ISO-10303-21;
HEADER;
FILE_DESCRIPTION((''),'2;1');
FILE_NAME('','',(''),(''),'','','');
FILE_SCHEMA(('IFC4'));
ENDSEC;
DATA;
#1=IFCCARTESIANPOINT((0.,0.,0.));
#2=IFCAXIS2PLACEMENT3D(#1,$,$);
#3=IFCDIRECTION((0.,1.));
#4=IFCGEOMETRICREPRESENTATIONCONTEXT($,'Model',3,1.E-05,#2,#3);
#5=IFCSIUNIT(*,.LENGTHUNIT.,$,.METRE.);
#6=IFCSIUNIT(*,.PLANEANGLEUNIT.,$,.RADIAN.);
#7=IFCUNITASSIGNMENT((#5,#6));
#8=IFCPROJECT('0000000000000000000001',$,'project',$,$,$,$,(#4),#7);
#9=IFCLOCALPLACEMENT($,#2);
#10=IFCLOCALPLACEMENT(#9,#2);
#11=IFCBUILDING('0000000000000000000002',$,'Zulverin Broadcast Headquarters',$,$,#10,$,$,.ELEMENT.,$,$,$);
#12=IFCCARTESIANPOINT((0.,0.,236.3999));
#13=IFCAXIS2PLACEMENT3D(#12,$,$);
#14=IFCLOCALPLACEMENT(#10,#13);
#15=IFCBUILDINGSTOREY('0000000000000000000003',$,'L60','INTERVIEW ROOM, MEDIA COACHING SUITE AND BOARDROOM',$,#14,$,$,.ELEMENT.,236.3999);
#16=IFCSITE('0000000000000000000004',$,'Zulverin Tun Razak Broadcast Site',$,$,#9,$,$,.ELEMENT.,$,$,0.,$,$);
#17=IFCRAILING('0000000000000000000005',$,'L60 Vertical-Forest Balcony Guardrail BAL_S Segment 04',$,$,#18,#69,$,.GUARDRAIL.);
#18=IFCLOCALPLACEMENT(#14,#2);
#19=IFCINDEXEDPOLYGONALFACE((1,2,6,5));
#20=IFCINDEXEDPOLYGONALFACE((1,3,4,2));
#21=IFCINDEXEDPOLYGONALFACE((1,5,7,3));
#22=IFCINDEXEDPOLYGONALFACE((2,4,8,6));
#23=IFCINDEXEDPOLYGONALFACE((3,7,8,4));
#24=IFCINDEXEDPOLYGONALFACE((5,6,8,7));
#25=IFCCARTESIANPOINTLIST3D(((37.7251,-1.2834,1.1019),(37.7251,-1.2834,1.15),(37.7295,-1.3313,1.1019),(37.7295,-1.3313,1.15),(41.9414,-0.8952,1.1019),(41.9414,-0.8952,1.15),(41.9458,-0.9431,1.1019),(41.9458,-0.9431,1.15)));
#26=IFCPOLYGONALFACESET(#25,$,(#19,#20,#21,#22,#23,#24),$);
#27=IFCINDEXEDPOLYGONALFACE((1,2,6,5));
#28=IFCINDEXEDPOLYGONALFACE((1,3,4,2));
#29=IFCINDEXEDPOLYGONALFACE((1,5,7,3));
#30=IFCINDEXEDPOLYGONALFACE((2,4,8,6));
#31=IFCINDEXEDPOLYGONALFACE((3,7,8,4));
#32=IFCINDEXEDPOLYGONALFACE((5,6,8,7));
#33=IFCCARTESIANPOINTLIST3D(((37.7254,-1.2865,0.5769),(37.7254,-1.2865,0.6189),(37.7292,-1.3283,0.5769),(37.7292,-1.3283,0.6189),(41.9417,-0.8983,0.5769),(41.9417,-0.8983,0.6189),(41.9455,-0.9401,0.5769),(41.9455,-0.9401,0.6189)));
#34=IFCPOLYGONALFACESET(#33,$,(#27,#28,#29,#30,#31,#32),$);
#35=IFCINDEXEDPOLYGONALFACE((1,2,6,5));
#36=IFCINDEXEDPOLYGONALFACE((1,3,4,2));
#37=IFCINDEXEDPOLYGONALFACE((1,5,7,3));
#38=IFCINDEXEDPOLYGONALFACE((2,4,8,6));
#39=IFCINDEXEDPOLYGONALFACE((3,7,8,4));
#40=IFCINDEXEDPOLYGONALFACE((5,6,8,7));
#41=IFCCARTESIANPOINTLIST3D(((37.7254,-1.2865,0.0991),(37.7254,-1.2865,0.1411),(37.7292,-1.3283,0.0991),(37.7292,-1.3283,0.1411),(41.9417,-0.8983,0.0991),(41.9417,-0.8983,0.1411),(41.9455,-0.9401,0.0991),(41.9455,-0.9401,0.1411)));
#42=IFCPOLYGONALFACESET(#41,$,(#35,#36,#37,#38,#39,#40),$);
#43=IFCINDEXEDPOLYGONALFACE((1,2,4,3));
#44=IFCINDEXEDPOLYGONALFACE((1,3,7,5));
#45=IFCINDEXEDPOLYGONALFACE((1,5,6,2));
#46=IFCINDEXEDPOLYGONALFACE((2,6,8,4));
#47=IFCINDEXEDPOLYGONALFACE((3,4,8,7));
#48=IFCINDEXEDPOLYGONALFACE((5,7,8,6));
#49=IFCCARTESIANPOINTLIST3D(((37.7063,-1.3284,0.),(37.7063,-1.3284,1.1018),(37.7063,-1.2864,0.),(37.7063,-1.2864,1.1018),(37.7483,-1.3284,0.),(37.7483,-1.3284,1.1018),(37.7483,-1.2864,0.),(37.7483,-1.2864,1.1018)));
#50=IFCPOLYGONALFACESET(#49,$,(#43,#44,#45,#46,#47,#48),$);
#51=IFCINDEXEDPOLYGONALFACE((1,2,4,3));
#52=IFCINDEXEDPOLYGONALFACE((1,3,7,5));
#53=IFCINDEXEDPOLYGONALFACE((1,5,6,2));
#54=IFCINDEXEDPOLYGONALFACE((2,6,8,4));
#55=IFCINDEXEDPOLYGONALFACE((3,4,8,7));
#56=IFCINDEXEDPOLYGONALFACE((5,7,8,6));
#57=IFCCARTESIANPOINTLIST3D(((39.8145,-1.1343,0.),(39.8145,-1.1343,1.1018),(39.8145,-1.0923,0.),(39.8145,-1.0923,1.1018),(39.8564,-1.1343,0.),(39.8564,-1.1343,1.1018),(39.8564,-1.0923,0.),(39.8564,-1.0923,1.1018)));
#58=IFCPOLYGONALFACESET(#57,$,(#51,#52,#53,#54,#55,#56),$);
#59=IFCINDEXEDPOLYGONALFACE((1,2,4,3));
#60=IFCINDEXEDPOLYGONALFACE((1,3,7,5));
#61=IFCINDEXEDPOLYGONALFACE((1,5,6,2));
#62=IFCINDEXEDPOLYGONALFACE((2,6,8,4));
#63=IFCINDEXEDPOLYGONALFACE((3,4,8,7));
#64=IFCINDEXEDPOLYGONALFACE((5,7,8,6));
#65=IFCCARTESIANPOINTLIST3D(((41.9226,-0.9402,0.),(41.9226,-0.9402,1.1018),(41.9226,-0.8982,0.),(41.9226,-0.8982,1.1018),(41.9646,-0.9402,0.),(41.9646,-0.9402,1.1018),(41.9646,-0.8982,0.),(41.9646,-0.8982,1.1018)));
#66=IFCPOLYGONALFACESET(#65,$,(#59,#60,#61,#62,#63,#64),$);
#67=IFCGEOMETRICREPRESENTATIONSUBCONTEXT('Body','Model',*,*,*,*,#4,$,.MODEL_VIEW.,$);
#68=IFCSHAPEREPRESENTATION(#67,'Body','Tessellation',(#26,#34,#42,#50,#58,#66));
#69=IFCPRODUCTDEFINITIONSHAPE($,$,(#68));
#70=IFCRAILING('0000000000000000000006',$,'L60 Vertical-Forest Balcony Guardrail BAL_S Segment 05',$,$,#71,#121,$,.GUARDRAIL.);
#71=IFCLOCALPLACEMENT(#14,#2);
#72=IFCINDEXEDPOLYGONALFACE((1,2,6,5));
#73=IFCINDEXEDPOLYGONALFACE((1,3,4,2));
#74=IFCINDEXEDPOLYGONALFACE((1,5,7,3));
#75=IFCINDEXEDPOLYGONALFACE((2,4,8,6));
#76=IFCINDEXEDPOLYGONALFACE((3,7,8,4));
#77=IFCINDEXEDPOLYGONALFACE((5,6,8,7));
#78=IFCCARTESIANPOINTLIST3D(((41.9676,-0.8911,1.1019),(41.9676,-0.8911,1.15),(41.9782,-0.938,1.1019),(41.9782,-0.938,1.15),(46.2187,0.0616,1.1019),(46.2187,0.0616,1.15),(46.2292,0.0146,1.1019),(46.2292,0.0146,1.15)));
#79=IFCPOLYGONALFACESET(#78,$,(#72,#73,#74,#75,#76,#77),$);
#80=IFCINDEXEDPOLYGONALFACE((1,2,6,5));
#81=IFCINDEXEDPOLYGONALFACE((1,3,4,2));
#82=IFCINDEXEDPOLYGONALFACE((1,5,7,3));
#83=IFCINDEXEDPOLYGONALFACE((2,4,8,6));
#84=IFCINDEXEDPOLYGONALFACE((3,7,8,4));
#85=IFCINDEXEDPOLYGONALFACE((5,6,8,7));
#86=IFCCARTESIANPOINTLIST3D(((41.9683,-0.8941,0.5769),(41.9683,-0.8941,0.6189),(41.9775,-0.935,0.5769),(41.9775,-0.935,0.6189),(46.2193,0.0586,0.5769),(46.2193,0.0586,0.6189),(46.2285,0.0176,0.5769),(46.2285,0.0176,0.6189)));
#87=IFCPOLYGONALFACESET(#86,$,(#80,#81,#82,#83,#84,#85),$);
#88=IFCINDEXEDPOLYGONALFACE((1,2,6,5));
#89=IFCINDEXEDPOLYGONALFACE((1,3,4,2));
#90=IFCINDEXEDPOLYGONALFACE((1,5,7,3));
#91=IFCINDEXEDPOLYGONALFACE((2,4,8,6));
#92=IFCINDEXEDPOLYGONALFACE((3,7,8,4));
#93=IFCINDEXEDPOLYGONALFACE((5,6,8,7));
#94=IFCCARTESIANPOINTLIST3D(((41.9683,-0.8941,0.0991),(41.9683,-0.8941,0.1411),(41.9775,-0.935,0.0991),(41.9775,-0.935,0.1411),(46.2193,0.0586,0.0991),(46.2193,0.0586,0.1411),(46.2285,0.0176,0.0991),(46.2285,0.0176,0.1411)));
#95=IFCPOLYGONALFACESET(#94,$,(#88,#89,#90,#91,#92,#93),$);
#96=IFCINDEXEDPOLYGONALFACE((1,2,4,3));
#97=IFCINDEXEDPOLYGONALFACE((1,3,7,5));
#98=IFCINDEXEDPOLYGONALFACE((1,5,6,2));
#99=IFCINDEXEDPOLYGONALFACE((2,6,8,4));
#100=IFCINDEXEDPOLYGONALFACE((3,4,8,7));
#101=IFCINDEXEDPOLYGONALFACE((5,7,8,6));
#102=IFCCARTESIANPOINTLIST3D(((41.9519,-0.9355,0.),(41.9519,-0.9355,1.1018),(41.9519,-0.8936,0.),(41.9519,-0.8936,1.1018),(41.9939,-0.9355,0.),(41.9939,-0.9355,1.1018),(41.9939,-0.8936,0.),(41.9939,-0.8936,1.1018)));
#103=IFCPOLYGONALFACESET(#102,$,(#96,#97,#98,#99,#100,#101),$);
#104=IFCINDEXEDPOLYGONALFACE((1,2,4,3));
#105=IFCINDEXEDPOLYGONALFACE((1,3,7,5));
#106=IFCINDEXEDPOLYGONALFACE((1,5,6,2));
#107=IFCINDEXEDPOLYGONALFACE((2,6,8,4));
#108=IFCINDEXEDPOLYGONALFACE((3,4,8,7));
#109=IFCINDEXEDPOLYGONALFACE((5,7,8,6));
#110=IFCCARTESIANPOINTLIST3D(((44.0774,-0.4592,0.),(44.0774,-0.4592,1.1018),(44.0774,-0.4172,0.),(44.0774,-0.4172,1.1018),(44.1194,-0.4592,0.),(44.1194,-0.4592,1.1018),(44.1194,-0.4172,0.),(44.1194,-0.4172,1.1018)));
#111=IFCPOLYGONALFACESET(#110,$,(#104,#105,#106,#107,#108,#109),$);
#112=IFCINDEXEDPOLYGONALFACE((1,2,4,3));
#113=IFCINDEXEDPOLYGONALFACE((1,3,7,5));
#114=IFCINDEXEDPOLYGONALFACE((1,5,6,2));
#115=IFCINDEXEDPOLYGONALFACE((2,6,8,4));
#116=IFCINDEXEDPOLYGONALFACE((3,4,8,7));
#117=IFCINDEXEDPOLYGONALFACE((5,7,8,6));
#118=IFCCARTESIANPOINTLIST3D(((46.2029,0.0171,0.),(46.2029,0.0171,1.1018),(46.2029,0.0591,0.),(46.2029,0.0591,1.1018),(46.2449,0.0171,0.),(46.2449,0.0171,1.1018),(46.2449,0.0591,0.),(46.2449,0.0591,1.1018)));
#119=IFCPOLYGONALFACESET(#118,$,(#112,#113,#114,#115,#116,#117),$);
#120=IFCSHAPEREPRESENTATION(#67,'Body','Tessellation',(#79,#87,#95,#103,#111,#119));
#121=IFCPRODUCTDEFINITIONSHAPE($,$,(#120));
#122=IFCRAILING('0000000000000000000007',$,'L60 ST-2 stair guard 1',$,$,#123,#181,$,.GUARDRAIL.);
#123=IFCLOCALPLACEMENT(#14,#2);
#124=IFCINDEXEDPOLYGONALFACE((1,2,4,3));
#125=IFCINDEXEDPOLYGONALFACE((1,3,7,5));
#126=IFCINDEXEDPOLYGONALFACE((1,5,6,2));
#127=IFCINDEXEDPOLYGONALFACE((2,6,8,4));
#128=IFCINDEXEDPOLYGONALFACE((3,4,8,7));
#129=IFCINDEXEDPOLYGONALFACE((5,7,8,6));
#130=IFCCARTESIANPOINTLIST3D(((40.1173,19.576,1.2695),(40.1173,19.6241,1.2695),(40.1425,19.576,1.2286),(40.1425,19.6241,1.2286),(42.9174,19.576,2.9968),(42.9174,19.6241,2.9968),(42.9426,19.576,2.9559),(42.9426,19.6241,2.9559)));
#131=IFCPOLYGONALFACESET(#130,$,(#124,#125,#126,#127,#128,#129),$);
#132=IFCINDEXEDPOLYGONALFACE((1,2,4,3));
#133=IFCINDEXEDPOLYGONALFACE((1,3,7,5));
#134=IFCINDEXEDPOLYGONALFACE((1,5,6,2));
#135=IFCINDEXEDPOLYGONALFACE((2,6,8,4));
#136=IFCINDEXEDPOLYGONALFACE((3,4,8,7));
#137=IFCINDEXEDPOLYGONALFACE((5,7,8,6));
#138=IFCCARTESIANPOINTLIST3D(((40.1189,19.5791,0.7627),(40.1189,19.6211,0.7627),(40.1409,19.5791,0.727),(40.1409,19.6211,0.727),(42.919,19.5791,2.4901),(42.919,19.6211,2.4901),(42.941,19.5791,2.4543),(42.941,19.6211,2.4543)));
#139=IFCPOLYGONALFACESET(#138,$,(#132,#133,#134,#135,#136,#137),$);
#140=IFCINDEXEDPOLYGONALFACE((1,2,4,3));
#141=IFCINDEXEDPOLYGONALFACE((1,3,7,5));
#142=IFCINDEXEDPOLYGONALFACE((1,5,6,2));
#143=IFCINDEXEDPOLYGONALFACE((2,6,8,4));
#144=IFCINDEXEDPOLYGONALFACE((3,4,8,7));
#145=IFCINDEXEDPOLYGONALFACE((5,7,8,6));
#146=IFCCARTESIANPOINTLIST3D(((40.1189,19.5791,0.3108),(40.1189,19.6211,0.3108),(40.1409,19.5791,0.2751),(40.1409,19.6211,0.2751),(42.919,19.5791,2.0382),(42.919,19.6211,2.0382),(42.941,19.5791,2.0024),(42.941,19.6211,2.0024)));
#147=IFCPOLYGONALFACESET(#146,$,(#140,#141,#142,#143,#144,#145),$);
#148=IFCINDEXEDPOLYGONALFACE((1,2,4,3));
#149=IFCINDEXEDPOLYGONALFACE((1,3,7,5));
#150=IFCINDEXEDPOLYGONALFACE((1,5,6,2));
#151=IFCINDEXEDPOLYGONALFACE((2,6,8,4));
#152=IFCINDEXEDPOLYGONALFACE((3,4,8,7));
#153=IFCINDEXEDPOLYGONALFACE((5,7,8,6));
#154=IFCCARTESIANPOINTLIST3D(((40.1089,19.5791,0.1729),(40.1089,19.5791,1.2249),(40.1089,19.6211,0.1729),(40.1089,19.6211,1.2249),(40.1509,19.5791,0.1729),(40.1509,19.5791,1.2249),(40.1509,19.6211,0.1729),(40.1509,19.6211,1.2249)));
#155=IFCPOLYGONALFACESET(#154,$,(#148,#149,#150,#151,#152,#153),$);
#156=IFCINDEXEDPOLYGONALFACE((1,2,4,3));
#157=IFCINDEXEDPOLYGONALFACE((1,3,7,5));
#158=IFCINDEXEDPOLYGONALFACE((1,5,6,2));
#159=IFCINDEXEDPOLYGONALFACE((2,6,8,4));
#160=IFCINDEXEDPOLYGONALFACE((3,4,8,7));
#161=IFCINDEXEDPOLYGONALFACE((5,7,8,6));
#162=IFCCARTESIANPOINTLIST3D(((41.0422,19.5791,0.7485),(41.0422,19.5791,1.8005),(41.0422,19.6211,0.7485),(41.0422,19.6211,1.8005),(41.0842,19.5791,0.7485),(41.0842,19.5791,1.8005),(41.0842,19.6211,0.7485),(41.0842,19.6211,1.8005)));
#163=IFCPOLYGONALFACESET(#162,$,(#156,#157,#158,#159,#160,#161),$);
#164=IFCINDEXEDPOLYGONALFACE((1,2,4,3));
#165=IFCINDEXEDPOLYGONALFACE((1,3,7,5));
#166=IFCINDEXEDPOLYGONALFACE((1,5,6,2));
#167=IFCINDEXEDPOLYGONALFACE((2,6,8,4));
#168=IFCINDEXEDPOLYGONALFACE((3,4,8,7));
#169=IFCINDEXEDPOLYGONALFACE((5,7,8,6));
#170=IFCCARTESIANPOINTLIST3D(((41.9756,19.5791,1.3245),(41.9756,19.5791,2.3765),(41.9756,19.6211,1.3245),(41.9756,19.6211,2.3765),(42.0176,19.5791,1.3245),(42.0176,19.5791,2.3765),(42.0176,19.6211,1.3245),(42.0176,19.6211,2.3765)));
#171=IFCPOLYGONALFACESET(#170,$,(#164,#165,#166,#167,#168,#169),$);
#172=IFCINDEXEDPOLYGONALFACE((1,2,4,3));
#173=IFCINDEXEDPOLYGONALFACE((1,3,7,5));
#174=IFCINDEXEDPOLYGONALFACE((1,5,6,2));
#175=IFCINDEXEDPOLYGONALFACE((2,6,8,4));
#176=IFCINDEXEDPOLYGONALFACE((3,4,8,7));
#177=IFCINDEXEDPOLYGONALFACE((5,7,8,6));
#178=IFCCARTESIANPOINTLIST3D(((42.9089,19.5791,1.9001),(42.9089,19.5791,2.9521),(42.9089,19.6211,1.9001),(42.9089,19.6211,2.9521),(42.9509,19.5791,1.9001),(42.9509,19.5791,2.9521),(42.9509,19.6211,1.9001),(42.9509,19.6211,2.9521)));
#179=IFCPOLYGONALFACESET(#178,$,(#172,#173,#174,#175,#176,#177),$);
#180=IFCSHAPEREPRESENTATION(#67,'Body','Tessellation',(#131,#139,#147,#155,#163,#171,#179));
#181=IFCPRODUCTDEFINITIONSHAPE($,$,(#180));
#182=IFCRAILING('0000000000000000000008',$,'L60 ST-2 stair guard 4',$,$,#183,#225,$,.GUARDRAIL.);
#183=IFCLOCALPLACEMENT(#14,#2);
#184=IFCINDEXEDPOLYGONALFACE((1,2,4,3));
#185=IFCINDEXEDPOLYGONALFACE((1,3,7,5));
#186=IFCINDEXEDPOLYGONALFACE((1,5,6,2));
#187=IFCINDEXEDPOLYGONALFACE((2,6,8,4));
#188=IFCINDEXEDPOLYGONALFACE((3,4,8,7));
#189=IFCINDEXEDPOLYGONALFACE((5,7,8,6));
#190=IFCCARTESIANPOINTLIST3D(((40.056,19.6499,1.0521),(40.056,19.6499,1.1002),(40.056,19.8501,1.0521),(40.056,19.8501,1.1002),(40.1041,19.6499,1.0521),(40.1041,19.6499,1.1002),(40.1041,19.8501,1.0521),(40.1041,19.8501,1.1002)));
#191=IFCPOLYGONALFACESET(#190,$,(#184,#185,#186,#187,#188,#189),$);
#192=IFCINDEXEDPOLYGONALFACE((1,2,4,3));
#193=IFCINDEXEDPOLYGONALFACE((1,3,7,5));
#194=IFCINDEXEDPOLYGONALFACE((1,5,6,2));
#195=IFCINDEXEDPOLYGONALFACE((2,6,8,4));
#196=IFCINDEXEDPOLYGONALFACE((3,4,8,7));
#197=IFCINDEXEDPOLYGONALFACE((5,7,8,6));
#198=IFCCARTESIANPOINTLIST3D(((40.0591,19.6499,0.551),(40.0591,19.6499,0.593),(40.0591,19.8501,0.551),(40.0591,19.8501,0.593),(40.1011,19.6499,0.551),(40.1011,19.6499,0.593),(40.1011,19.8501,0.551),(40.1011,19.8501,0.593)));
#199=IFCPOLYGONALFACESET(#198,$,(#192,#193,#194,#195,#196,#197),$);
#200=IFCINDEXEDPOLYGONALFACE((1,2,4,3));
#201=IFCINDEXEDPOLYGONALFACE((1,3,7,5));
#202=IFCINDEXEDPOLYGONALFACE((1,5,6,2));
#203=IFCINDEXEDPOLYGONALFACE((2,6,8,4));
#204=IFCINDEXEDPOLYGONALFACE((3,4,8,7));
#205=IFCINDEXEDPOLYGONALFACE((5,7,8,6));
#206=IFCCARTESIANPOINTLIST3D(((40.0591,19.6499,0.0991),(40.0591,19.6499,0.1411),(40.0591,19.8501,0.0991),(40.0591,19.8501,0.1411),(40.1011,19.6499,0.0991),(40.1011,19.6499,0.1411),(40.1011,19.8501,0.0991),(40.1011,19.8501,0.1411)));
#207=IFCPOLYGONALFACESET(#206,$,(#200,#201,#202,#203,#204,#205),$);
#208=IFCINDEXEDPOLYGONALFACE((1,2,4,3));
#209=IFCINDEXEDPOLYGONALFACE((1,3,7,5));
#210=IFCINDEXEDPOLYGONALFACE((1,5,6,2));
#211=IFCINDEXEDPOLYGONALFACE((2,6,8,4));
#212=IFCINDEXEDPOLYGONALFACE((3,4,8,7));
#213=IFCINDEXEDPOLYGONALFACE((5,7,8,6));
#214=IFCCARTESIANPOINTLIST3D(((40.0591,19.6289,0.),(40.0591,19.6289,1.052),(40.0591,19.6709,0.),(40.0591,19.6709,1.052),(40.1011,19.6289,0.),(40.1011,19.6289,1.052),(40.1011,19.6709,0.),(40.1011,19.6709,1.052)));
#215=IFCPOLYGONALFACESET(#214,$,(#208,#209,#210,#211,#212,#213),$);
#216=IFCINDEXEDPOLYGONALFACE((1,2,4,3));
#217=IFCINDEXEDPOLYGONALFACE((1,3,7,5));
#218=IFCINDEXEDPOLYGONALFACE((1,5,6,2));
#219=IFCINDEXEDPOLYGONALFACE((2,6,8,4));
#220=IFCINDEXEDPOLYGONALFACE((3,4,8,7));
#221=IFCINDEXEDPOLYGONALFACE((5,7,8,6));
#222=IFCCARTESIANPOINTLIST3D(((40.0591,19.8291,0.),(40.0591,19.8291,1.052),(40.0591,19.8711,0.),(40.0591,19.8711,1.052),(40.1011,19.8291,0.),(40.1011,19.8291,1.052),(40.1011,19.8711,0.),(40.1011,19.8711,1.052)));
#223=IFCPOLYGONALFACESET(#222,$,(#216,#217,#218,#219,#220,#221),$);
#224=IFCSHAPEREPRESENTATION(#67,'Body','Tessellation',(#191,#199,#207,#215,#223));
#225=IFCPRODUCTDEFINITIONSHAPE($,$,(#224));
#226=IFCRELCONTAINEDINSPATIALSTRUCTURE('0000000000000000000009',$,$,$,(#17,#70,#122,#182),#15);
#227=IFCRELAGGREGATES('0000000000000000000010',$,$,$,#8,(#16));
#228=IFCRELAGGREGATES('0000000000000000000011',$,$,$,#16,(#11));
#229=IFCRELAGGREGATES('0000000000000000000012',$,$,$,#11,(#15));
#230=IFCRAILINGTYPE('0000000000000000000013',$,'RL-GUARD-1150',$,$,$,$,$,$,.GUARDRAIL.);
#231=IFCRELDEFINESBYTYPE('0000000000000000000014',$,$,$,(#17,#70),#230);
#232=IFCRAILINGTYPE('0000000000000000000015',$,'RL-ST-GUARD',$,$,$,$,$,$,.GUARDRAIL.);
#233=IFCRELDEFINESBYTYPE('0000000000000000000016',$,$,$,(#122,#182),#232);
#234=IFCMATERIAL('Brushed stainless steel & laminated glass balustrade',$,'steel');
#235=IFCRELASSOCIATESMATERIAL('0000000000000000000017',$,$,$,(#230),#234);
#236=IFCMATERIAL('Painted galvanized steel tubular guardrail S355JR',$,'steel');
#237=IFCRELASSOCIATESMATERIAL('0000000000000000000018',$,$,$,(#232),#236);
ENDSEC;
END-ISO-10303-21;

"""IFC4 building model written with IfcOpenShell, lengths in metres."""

from ifc_helpers import new_model, si_unit, direction, frame, origin, origin_2d, place, context, subcontext, project, spatial, rectangle, extrude, material, type_object, element, save


model = new_model("IFC4")

# Units and contexts
model_context = context("Model", 3, precision=1e-05, world=origin(), true_north=direction((0.0, 1.0)))
body_context = subcontext(model_context, "Body", "Model", "MODEL_VIEW")
ifc_project = project(units=[si_unit("LENGTHUNIT", "METRE"), si_unit("PLANEANGLEUNIT", "RADIAN")], contexts=[model_context])

# Site, building, storey
site_placement = place(None, origin())
site = spatial("IfcSite", under=ifc_project, at=site_placement, Name="Zulverin Tun Razak Broadcast Site", CompositionType="ELEMENT", RefElevation=0.0)
building_placement = place(site_placement, origin())
building = spatial("IfcBuilding", under=site, at=building_placement, Name="Zulverin Broadcast Headquarters", CompositionType="ELEMENT")
storey_placement = place(building_placement, frame((0.0, 0.0, 236.3999)))
storey = spatial("IfcBuildingStorey", under=building, at=storey_placement, Name="L60", Description="INTERVIEW ROOM, MEDIA COACHING SUITE AND BOARDROOM", CompositionType="ELEMENT", Elevation=236.3999)

# Railings
ifc_material_1 = material(Name="Brushed stainless steel & laminated glass balustrade", Category="steel")
railing_type_1 = type_object("IfcRailingType", Name="RL-GUARD-1150", PredefinedType="GUARDRAIL", material=ifc_material_1)
railing_1_placement = place(storey_placement, frame((37.7273, -1.3074, 0.0)))
element("IfcRailing", 1, at=railing_1_placement, inside=storey, type_object=railing_type_1, Name="L60 Vertical-Forest Balcony Guardrail BAL_S Segment 04", PredefinedType="GUARDRAIL", context=body_context, shape_type="SweptSolid", body=[
    extrude(rectangle(XDim=0.0481, YDim=0.0481, at=origin_2d()), frame((0.0, 0.0, 1.126), z_axis=(0.995789, 0.091679, 0.0), x_axis=(-0.091679, 0.995789, 0.0)), (0.0, 0.0, 1.0), 4.2341),
    extrude(rectangle(XDim=0.042, YDim=0.042, at=origin_2d()), frame((0.0, 0.0, 0.5979), z_axis=(0.995789, 0.091679, 0.0), x_axis=(-0.091679, 0.995789, 0.0)), (0.0, 0.0, 1.0), 4.2341),
    extrude(rectangle(XDim=0.042, YDim=0.042, at=origin_2d()), frame((0.0, 0.0, 0.1201), z_axis=(0.995789, 0.091679, 0.0), x_axis=(-0.091679, 0.995789, 0.0)), (0.0, 0.0, 1.0), 4.2341),
    extrude(rectangle(XDim=0.042, YDim=0.042, at=origin_2d()), origin(), (0.0, 0.0, 1.0), 1.1018),
    extrude(rectangle(XDim=0.042, YDim=0.042, at=origin_2d()), frame((2.1082, 0.1941, 0.0)), (0.0, 0.0, 1.0), 1.1018),
    extrude(rectangle(XDim=0.042, YDim=0.042, at=origin_2d()), frame((4.2163, 0.3882, 0.0)), (0.0, 0.0, 1.0), 1.1018),
])
railing_2_placement = place(storey_placement, frame((41.9729, -0.9146, 0.0)))
element("IfcRailing", 2, at=railing_2_placement, inside=storey, type_object=railing_type_1, Name="L60 Vertical-Forest Balcony Guardrail BAL_S Segment 05", PredefinedType="GUARDRAIL", context=body_context, shape_type="SweptSolid", body=[
    extrude(rectangle(XDim=0.0481, YDim=0.0481, at=origin_2d()), frame((0.0, 0.0, 1.126), z_axis=(0.975798, 0.218675, 0.0), x_axis=(-0.218675, 0.975798, 0.0)), (0.0, 0.0, 1.0), 4.3564),
    extrude(rectangle(XDim=0.042, YDim=0.042, at=origin_2d()), frame((0.0, 0.0, 0.5979), z_axis=(0.975798, 0.218675, 0.0), x_axis=(-0.218675, 0.975798, 0.0)), (0.0, 0.0, 1.0), 4.3564),
    extrude(rectangle(XDim=0.042, YDim=0.042, at=origin_2d()), frame((0.0, 0.0, 0.1201), z_axis=(0.975798, 0.218675, 0.0), x_axis=(-0.218675, 0.975798, 0.0)), (0.0, 0.0, 1.0), 4.3564),
    extrude(rectangle(XDim=0.042, YDim=0.042, at=origin_2d()), origin(), (0.0, 0.0, 1.0), 1.1018),
    extrude(rectangle(XDim=0.042, YDim=0.042, at=origin_2d()), frame((2.1255, 0.4763, 0.0)), (0.0, 0.0, 1.0), 1.1018),
    extrude(rectangle(XDim=0.042, YDim=0.042, at=origin_2d()), frame((4.251, 0.9526, 0.0)), (0.0, 0.0, 1.0), 1.1018),
])
ifc_material_2 = material(Name="Painted galvanized steel tubular guardrail S355JR", Category="steel")
railing_type_2 = type_object("IfcRailingType", Name="RL-ST-GUARD", PredefinedType="GUARDRAIL", material=ifc_material_2)
railing_3_placement = place(storey_placement, frame((40.1299, 19.6001, 0.1729)))
element("IfcRailing", 3, at=railing_3_placement, inside=storey, type_object=railing_type_2, Name="L60 ST-2 stair guard 1", PredefinedType="GUARDRAIL", context=body_context, shape_type="SweptSolid", body=[
    extrude(rectangle(XDim=0.0481, YDim=0.0481, at=origin_2d()), frame((0.0, 0.0, 1.0762), z_axis=(0.85109, 0.0, 0.52502), x_axis=(0.0, 1.0, 0.0)), (0.0, 0.0, 1.0), 3.29),
    extrude(rectangle(XDim=0.042, YDim=0.042, at=origin_2d()), frame((0.0, 0.0, 0.572), z_axis=(0.85109, 0.0, 0.52502), x_axis=(0.0, 1.0, 0.0)), (0.0, 0.0, 1.0), 3.29),
    extrude(rectangle(XDim=0.042, YDim=0.042, at=origin_2d()), frame((0.0, 0.0, 0.1201), z_axis=(0.85109, 0.0, 0.52502), x_axis=(0.0, 1.0, 0.0)), (0.0, 0.0, 1.0), 3.29),
    extrude(rectangle(XDim=0.042, YDim=0.042, at=origin_2d()), origin(), (0.0, 0.0, 1.0), 1.052),
    extrude(rectangle(XDim=0.042, YDim=0.042, at=origin_2d()), frame((0.9333, 0.0, 0.5757)), (0.0, 0.0, 1.0), 1.052),
    extrude(rectangle(XDim=0.042, YDim=0.042, at=origin_2d()), frame((1.8667, 0.0, 1.1516)), (0.0, 0.0, 1.0), 1.052),
    extrude(rectangle(XDim=0.042, YDim=0.042, at=origin_2d()), frame((2.8, 0.0, 1.7273)), (0.0, 0.0, 1.0), 1.052),
])
railing_4_placement = place(storey_placement, frame((40.0801, 19.6499, 0.0)))
element("IfcRailing", 4, at=railing_4_placement, inside=storey, type_object=railing_type_2, Name="L60 ST-2 stair guard 4", PredefinedType="GUARDRAIL", context=body_context, shape_type="SweptSolid", body=[
    extrude(rectangle(XDim=0.0481, YDim=0.0481, at=origin_2d()), frame((0.0, 0.0, 1.0762), z_axis=(0.0, 1.0, 0.0), x_axis=(-1.0, 0.0, 0.0)), (0.0, 0.0, 1.0), 0.2002),
    extrude(rectangle(XDim=0.042, YDim=0.042, at=origin_2d()), frame((0.0, 0.0, 0.572), z_axis=(0.0, 1.0, 0.0), x_axis=(-1.0, 0.0, 0.0)), (0.0, 0.0, 1.0), 0.2002),
    extrude(rectangle(XDim=0.042, YDim=0.042, at=origin_2d()), frame((0.0, 0.0, 0.1201), z_axis=(0.0, 1.0, 0.0), x_axis=(-1.0, 0.0, 0.0)), (0.0, 0.0, 1.0), 0.2002),
    extrude(rectangle(XDim=0.042, YDim=0.042, at=origin_2d()), origin(), (0.0, 0.0, 1.0), 1.052),
    extrude(rectangle(XDim=0.042, YDim=0.042, at=origin_2d()), frame((0.0, 0.2002, 0.0)), (0.0, 0.0, 1.0), 1.052),
])

save(model, "model.ifc")
